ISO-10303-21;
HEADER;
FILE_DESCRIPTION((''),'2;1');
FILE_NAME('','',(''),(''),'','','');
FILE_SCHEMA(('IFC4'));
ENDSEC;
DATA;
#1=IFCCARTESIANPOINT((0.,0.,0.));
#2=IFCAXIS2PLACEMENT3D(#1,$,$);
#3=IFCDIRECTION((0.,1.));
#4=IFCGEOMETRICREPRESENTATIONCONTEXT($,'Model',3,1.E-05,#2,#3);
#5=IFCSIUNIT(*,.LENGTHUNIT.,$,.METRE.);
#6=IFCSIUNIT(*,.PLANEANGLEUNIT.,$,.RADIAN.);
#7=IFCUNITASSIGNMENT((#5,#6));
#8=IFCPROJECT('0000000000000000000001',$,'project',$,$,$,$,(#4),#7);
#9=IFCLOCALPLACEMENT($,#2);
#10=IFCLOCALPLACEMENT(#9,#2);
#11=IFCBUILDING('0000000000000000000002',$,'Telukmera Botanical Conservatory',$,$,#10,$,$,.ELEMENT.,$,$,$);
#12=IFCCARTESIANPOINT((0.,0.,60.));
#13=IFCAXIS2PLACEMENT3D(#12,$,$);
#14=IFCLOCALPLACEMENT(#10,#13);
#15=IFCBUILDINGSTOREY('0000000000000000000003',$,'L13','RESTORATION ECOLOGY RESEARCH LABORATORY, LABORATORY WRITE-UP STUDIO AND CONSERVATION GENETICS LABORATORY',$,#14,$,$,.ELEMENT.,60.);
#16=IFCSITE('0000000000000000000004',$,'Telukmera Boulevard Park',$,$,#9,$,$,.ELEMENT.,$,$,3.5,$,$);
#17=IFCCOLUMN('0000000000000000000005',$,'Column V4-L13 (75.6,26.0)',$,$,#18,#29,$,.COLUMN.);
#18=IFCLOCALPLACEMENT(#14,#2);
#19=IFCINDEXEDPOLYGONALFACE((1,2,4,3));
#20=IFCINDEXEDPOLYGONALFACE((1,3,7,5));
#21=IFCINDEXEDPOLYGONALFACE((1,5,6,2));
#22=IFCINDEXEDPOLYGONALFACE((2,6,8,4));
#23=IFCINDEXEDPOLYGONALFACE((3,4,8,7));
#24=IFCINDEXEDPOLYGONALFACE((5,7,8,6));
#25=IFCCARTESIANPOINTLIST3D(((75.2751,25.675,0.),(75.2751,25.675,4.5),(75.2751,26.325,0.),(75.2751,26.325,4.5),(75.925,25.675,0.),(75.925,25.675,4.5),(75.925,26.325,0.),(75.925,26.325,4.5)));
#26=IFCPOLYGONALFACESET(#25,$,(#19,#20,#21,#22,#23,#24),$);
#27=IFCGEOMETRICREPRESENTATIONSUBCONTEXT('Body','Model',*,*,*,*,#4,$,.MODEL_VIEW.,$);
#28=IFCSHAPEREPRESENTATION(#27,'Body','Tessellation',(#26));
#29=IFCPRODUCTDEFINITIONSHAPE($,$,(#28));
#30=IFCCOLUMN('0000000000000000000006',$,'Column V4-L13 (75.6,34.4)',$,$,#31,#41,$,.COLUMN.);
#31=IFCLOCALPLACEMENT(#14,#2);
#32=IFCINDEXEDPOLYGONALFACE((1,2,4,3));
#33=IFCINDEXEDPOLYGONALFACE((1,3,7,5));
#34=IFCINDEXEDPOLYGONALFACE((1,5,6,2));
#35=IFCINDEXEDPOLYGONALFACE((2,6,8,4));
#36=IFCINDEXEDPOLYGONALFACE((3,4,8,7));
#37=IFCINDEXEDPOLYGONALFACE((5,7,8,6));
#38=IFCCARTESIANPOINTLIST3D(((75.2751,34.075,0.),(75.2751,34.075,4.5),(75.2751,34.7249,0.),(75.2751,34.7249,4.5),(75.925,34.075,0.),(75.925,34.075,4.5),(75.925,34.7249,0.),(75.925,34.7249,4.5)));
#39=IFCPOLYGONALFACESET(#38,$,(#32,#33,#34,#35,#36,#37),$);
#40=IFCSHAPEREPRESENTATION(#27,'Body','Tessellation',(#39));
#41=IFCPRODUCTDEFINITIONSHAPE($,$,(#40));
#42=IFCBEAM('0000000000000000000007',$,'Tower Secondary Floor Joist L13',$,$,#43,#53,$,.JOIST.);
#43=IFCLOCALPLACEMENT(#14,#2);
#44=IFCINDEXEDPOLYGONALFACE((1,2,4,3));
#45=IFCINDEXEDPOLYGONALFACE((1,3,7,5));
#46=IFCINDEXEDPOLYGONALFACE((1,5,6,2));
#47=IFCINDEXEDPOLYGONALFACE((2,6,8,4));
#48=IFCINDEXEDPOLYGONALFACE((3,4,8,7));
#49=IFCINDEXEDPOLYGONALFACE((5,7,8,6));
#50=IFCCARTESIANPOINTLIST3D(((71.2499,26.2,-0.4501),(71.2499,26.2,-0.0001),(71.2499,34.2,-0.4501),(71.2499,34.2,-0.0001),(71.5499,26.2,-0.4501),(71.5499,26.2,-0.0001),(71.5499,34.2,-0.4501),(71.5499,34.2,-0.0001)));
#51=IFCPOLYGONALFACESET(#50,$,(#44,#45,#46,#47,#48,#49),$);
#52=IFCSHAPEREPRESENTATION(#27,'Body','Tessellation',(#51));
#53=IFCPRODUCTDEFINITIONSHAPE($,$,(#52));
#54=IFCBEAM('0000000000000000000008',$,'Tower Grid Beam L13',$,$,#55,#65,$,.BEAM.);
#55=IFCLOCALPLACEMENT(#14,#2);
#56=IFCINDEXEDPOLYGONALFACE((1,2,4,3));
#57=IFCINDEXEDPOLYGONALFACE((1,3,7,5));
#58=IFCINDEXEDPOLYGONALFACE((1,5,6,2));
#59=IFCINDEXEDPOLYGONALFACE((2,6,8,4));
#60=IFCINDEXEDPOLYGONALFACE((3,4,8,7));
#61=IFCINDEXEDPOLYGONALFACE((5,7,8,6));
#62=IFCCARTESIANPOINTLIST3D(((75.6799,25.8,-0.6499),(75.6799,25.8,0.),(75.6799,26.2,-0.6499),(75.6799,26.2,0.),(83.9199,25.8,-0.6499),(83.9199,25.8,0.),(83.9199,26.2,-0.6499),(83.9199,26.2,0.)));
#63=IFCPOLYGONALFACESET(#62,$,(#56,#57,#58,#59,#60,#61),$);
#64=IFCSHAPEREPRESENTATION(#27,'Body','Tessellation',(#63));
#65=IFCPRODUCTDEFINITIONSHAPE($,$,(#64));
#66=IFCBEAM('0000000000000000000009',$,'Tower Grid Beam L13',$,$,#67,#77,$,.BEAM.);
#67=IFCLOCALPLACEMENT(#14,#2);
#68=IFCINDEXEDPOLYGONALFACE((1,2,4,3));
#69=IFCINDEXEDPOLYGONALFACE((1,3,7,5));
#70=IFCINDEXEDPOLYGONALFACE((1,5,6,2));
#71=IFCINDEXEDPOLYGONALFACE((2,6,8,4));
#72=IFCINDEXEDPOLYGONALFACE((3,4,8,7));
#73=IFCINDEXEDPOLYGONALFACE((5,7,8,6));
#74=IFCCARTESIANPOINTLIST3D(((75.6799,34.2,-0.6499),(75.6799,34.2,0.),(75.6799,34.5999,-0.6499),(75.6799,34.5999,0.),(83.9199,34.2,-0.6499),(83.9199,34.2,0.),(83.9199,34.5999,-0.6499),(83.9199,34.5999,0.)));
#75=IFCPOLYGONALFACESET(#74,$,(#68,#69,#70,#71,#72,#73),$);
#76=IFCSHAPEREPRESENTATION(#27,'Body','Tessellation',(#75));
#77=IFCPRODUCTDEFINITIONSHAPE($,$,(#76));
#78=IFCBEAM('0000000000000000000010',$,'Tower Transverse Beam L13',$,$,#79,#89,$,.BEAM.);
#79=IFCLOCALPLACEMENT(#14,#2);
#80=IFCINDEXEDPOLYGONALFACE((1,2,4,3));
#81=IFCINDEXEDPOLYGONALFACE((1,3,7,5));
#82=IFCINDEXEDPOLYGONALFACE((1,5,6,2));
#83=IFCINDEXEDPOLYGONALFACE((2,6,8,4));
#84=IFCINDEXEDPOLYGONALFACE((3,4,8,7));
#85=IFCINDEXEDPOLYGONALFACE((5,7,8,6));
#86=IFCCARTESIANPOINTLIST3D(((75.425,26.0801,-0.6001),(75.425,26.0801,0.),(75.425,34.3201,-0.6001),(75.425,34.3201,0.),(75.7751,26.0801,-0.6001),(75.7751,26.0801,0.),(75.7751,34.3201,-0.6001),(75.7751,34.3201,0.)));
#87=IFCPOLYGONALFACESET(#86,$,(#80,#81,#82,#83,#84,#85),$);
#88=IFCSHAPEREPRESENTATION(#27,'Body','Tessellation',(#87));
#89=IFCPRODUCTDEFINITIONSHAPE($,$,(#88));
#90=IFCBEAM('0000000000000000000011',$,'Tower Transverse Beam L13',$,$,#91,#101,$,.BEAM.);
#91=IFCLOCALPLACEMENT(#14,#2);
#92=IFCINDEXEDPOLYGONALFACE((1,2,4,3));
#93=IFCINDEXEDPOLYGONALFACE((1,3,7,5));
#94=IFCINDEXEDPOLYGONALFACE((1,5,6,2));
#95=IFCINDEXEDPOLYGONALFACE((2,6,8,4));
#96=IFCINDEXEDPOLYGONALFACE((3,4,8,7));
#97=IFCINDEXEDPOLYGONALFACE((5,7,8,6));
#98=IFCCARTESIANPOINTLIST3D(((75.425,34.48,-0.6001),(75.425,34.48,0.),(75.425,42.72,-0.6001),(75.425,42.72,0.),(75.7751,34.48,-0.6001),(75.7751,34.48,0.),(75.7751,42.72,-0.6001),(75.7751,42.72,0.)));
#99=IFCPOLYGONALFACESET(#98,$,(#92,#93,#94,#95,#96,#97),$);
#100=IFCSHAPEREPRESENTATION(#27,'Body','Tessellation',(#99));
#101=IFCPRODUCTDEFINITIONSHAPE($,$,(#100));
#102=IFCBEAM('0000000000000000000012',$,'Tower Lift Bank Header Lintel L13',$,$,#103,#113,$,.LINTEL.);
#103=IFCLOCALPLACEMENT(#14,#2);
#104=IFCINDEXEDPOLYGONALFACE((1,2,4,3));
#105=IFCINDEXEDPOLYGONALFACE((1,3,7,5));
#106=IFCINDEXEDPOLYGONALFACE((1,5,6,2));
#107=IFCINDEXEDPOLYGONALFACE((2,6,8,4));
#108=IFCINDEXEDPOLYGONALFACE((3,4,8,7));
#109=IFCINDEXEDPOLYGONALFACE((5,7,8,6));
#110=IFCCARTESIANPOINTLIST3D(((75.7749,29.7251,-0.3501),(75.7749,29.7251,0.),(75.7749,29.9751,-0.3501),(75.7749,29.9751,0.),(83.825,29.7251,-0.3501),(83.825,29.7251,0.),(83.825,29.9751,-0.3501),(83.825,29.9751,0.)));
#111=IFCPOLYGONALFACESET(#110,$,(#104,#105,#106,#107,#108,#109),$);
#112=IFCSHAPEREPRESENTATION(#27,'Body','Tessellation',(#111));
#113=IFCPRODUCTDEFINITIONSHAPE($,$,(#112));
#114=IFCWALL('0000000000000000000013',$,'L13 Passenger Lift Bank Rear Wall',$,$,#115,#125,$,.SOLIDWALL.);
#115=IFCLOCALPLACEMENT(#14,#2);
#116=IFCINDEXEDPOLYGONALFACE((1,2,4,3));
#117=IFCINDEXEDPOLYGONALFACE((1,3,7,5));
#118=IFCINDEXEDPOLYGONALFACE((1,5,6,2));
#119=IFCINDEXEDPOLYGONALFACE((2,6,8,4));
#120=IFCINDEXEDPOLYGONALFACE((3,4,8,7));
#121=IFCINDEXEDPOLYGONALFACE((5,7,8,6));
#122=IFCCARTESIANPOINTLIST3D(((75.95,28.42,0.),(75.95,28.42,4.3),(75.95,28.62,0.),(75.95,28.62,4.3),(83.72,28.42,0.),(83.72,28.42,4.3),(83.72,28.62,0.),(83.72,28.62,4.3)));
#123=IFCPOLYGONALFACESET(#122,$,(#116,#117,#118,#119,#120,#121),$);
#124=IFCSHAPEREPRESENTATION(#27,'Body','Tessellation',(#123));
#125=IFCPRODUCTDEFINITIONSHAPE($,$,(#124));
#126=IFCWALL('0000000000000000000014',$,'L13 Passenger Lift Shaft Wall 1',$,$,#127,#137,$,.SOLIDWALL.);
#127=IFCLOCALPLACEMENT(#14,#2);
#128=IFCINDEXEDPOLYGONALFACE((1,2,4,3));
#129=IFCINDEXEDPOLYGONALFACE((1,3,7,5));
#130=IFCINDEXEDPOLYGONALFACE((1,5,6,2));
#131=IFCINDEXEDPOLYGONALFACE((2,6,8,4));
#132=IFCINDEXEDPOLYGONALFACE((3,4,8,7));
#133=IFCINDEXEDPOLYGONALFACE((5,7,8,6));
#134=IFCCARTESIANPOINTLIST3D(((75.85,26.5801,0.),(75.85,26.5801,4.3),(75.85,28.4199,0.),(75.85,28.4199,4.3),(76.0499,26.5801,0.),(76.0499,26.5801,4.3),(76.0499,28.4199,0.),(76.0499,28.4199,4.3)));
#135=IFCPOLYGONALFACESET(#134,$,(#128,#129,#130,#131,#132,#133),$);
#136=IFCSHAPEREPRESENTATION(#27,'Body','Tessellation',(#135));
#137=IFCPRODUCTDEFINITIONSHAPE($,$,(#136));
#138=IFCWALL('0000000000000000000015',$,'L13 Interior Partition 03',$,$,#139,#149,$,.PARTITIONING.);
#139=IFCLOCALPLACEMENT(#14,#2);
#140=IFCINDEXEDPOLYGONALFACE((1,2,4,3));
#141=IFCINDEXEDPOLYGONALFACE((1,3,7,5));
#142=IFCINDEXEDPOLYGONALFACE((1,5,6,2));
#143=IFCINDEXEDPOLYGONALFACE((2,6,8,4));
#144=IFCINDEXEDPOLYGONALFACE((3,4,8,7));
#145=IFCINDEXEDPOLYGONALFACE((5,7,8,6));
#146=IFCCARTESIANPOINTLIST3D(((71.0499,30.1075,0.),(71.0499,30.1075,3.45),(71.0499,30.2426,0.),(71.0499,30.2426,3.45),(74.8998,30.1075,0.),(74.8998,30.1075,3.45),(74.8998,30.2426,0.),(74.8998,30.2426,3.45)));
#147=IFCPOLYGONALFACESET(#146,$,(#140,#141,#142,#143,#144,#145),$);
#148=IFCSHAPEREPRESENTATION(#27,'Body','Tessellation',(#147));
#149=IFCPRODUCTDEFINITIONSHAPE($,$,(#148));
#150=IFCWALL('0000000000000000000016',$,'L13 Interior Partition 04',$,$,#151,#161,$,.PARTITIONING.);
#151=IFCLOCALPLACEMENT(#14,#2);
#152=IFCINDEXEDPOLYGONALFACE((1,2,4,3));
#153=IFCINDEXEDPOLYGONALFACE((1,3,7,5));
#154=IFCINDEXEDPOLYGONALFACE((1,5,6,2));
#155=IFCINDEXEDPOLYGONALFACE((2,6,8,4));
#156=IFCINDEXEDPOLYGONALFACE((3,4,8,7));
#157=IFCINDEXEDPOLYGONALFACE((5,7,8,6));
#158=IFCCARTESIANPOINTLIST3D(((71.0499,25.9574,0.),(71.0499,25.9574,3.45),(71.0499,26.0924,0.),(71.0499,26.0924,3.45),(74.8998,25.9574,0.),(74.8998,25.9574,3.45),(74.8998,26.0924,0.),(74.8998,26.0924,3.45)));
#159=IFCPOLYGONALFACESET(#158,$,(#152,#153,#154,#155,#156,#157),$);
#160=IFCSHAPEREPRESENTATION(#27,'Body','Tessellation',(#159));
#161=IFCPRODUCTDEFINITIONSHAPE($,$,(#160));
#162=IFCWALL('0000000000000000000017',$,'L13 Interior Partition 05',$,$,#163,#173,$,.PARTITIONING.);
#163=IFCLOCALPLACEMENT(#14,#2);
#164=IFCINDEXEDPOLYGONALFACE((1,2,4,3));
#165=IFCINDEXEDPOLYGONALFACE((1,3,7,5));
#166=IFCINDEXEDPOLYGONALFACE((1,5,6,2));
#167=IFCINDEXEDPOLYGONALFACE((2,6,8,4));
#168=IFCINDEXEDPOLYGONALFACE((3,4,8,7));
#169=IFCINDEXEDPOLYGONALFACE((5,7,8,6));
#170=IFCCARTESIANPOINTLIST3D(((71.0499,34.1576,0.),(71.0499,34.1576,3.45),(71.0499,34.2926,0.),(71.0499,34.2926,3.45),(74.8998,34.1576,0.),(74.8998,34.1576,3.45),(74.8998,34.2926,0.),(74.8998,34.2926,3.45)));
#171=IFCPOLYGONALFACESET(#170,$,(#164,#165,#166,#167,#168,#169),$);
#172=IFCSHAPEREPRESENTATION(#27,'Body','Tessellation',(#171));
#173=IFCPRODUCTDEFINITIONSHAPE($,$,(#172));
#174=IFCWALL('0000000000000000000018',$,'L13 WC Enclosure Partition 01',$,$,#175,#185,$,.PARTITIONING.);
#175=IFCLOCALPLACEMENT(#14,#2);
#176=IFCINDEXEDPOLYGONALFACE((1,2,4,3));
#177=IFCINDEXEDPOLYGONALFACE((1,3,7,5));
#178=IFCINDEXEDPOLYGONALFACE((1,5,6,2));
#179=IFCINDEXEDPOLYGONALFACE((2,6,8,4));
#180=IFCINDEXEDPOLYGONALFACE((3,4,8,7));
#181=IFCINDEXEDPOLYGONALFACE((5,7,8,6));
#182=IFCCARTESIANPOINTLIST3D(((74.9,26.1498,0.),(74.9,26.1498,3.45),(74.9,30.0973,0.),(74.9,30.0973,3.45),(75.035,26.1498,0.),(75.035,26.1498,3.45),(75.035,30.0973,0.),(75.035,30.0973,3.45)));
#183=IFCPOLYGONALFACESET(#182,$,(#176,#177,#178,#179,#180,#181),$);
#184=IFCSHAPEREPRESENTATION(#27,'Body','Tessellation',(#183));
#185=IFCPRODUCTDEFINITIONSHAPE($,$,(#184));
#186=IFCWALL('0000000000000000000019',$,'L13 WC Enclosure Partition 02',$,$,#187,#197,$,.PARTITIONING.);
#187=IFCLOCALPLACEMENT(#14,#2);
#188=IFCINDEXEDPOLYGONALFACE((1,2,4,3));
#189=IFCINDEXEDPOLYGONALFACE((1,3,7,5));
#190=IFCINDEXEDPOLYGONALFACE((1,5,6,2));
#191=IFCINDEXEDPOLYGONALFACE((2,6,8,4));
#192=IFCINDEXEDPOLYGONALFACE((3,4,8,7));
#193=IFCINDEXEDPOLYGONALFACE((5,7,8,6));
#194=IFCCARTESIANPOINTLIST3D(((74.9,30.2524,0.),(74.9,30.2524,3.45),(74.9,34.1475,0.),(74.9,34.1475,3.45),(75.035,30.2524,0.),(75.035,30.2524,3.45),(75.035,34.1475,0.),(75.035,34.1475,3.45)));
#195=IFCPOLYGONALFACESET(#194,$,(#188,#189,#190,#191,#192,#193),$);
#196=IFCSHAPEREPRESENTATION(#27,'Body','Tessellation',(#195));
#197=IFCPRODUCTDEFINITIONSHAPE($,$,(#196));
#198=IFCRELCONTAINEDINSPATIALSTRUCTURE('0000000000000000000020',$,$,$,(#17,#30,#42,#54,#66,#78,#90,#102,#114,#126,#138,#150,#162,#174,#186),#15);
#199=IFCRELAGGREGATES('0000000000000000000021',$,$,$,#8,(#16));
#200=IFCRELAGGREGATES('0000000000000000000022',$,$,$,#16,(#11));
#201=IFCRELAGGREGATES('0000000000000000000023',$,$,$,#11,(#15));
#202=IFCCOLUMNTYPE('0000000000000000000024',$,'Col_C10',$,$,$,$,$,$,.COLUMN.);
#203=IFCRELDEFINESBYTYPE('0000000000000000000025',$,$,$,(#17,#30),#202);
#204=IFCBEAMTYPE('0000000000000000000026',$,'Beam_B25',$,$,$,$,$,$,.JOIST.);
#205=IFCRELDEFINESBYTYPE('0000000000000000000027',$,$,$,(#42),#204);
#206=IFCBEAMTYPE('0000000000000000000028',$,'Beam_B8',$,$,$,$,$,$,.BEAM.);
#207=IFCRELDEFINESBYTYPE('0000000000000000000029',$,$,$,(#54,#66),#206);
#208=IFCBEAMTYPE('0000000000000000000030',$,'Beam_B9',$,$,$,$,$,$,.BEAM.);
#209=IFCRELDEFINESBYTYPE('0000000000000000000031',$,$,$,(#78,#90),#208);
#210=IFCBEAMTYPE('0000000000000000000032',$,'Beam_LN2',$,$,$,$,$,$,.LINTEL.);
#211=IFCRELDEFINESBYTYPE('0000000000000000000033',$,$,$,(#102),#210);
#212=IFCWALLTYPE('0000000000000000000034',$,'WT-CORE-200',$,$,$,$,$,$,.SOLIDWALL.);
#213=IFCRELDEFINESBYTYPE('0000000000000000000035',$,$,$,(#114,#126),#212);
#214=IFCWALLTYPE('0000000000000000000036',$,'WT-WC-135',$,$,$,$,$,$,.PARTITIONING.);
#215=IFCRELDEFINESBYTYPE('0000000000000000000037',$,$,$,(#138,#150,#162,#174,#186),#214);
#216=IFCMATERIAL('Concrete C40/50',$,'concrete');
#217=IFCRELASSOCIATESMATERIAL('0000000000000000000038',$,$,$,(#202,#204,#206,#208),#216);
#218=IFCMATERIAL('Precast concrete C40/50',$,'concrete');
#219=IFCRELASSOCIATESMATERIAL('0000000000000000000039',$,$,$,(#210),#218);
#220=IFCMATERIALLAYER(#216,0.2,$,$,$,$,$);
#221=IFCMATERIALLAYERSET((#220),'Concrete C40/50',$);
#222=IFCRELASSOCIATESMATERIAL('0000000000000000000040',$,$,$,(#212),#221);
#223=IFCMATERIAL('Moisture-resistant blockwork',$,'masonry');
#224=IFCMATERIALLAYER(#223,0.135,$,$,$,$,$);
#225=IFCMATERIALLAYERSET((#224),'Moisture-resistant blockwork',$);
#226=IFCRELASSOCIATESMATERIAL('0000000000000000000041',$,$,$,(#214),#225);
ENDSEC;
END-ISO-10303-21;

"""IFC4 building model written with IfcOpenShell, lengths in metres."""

from ifc_helpers import new_model, si_unit, direction, frame, frame_2d, origin, origin_2d, place, context, subcontext, project, spatial, rectangle, extrude, material, layer, layer_set, material_profile, profile_set, type_object, element, save


model = new_model("IFC4")

# Units and contexts
model_context = context("Model", 3, precision=1e-05, world=origin(), true_north=direction((0.0, 1.0)))
body_context = subcontext(model_context, "Body", "Model", "MODEL_VIEW")
ifc_project = project(units=[si_unit("LENGTHUNIT", "METRE"), si_unit("PLANEANGLEUNIT", "RADIAN")], contexts=[model_context])

# Site, building, storey
site_placement = place(None, origin())
site = spatial("IfcSite", under=ifc_project, at=site_placement, Name="Telukmera Boulevard Park", CompositionType="ELEMENT", RefElevation=3.5)
building_placement = place(site_placement, origin())
building = spatial("IfcBuilding", under=site, at=building_placement, Name="Telukmera Botanical Conservatory", CompositionType="ELEMENT")
storey_placement = place(building_placement, frame((0.0, 0.0, 60.0)))
storey = spatial("IfcBuildingStorey", under=building, at=storey_placement, Name="L13", Description="RESTORATION ECOLOGY RESEARCH LABORATORY, LABORATORY WRITE-UP STUDIO AND CONSERVATION GENETICS LABORATORY", CompositionType="ELEMENT", Elevation=60.0)

# Columns
ifc_material_1 = material(Name="Concrete C40/50", Category="concrete")
ifc_material_profile_1 = material_profile(ifc_material_1, rectangle(XDim=0.6499, YDim=0.6499, at=origin_2d()), Name="RC 650x650")
ifc_profile_set_1 = profile_set([ifc_material_profile_1], Name="Concrete C40/50")
column_type = type_object("IfcColumnType", Name="Col_C10", PredefinedType="COLUMN", material=ifc_profile_set_1)
for number, where, z_axis, x_axis, name in (
    (1, (75.6001, 26.0, 0.0), (0.0, 0.0, 1.0), (1.0, 0.0, 0.0), "Column V4-L13 (75.6,26.0)"),
    (2, (75.6001, 34.3999, 0.0), (0.0, 0.0, 1.0), (1.0, 0.0, 0.0), "Column V4-L13 (75.6,34.4)"),
):
    element("IfcColumn", number, at=place(storey_placement, frame(where, z_axis=z_axis, x_axis=x_axis)), inside=storey, type_object=column_type, Name=name, PredefinedType="COLUMN", context=body_context, shape_type="SweptSolid", body=[
        extrude(rectangle(XDim=0.6499, YDim=0.6499, at=origin_2d()), origin(), (0.0, 0.0, 1.0), 4.5),
    ])

# Beams
ifc_material_profile_2 = material_profile(ifc_material_1, rectangle(XDim=0.3, YDim=0.45, at=origin_2d()), Name="RC 300x450")
ifc_profile_set_2 = profile_set([ifc_material_profile_2], Name="Concrete C40/50")
beam_type_1 = type_object("IfcBeamType", Name="Beam_B25", PredefinedType="JOIST", material=ifc_profile_set_2)
beam_1_placement = place(storey_placement, frame((71.3999, 26.2, -0.2251), z_axis=(0.0, 1.0, 0.0), x_axis=(-1.0, 0.0, 0.0)))
element("IfcBeam", 3, at=beam_1_placement, inside=storey, type_object=beam_type_1, Name="Tower Secondary Floor Joist L13", PredefinedType="JOIST", context=body_context, shape_type="SweptSolid", body=[
    extrude(rectangle(XDim=0.3, YDim=0.45, at=origin_2d()), origin(), (0.0, 0.0, 1.0), 8.0),
])
ifc_material_profile_3 = material_profile(ifc_material_1, rectangle(XDim=0.3999, YDim=0.6499, at=origin_2d()), Name="RC 400x650")
ifc_profile_set_3 = profile_set([ifc_material_profile_3], Name="Concrete C40/50")
beam_type_2 = type_object("IfcBeamType", Name="Beam_B8", PredefinedType="BEAM", material=ifc_profile_set_3)
for number, where, z_axis, x_axis, name in (
    (4, (75.6799, 26.0, -0.325), (1.0, 0.0, 0.0), (0.0, 1.0, 0.0), "Tower Grid Beam L13"),
    (5, (75.6799, 34.3999, -0.325), (1.0, 0.0, 0.0), (0.0, 1.0, 0.0), "Tower Grid Beam L13"),
):
    element("IfcBeam", number, at=place(storey_placement, frame(where, z_axis=z_axis, x_axis=x_axis)), inside=storey, type_object=beam_type_2, Name=name, PredefinedType="BEAM", context=body_context, shape_type="SweptSolid", body=[
        extrude(rectangle(XDim=0.3999, YDim=0.6499, at=origin_2d()), origin(), (0.0, 0.0, 1.0), 8.24),
    ])
ifc_material_profile_4 = material_profile(ifc_material_1, rectangle(XDim=0.3501, YDim=0.6001, at=origin_2d()), Name="RC 350x600")
ifc_profile_set_4 = profile_set([ifc_material_profile_4], Name="Concrete C40/50")
beam_type_3 = type_object("IfcBeamType", Name="Beam_B9", PredefinedType="BEAM", material=ifc_profile_set_4)
for number, where, z_axis, x_axis, name in (
    (6, (75.6001, 26.0801, -0.3), (0.0, 1.0, 0.0), (-1.0, 0.0, 0.0), "Tower Transverse Beam L13"),
    (7, (75.6001, 34.48, -0.3), (0.0, 1.0, 0.0), (-1.0, 0.0, 0.0), "Tower Transverse Beam L13"),
):
    element("IfcBeam", number, at=place(storey_placement, frame(where, z_axis=z_axis, x_axis=x_axis)), inside=storey, type_object=beam_type_3, Name=name, PredefinedType="BEAM", context=body_context, shape_type="SweptSolid", body=[
        extrude(rectangle(XDim=0.3501, YDim=0.6001, at=origin_2d()), origin(), (0.0, 0.0, 1.0), 8.24),
    ])
ifc_material_2 = material(Name="Precast concrete C40/50", Category="concrete")
ifc_material_profile_5 = material_profile(ifc_material_2, rectangle(XDim=0.25, YDim=0.3501, at=origin_2d()), Name="PC 250x350")
ifc_profile_set_5 = profile_set([ifc_material_profile_5], Name="Precast concrete C40/50")
beam_type_4 = type_object("IfcBeamType", Name="Beam_LN2", PredefinedType="LINTEL", material=ifc_profile_set_5)
beam_2_placement = place(storey_placement, frame((75.7749, 29.8501, -0.175), z_axis=(1.0, 0.0, 0.0), x_axis=(0.0, 1.0, 0.0)))
element("IfcBeam", 8, at=beam_2_placement, inside=storey, type_object=beam_type_4, Name="Tower Lift Bank Header Lintel L13", PredefinedType="LINTEL", context=body_context, shape_type="SweptSolid", body=[
    extrude(rectangle(XDim=0.25, YDim=0.3501, at=origin_2d()), origin(), (0.0, 0.0, 1.0), 8.05),
])

# Shared definitions
ifc_layer_1 = layer(ifc_material_1, 0.2)
ifc_layer_set_1 = layer_set([ifc_layer_1], Name="Concrete C40/50")
wall_type_1 = type_object("IfcWallType", Name="WT-CORE-200", PredefinedType="SOLIDWALL", material=ifc_layer_set_1)

# Walls
wall_1_placement = place(storey_placement, frame((75.95, 28.52, 0.0), z_axis=(0.0, 0.0, 1.0), x_axis=(1.0, 0.0, 0.0)))
element("IfcWall", 9, at=wall_1_placement, inside=storey, type_object=wall_type_1, Name="L13 Passenger Lift Bank Rear Wall", PredefinedType="SOLIDWALL", context=body_context, shape_type="SweptSolid", body=[
    extrude(rectangle(XDim=7.77, YDim=0.2, at=frame_2d((3.885, 0.0))), origin(), (0.0, 0.0, 1.0), 4.3),
])
wall_2_placement = place(storey_placement, frame((75.95, 26.5801, 0.0), z_axis=(0.0, 0.0, 1.0), x_axis=(0.0, 1.0, 0.0)))
element("IfcWall", 10, at=wall_2_placement, inside=storey, type_object=wall_type_1, Name="L13 Passenger Lift Shaft Wall 1", PredefinedType="SOLIDWALL", context=body_context, shape_type="SweptSolid", body=[
    extrude(rectangle(XDim=1.8398, YDim=0.2, at=frame_2d((0.9199, 0.0))), origin(), (0.0, 0.0, 1.0), 4.3),
])
ifc_material_3 = material(Name="Moisture-resistant blockwork", Category="masonry")
ifc_layer_2 = layer(ifc_material_3, 0.135)
ifc_layer_set_2 = layer_set([ifc_layer_2], Name="Moisture-resistant blockwork")
wall_type_2 = type_object("IfcWallType", Name="WT-WC-135", PredefinedType="PARTITIONING", material=ifc_layer_set_2)
for number, where, z_axis, x_axis, name in (
    (11, (71.05, 30.175, 0.0), (0.0, 0.0, 1.0), (1.0, 0.0, 0.0), "L13 Interior Partition 03"),
    (12, (71.05, 26.0249, 0.0), (0.0, 0.0, 1.0), (1.0, 0.0, 0.0), "L13 Interior Partition 04"),
    (13, (71.05, 34.2251, 0.0), (0.0, 0.0, 1.0), (1.0, 0.0, 0.0), "L13 Interior Partition 05"),
):
    element("IfcWall", number, at=place(storey_placement, frame(where, z_axis=z_axis, x_axis=x_axis)), inside=storey, type_object=wall_type_2, Name=name, PredefinedType="PARTITIONING", context=body_context, shape_type="SweptSolid", body=[
        extrude(rectangle(XDim=3.8499, YDim=0.135, at=frame_2d((1.9248, 0.0))), origin(), (0.0, 0.0, 1.0), 3.45),
    ])
wall_3_placement = place(storey_placement, frame((74.9675, 26.1499, 0.0), z_axis=(0.0, 0.0, 1.0), x_axis=(0.0, 1.0, 0.0)))
element("IfcWall", 14, at=wall_3_placement, inside=storey, type_object=wall_type_2, Name="L13 WC Enclosure Partition 01", PredefinedType="PARTITIONING", context=body_context, shape_type="SweptSolid", body=[
    extrude(rectangle(XDim=3.9475, YDim=0.135, at=frame_2d((1.9736, 0.0))), origin(), (0.0, 0.0, 1.0), 3.45),
])
wall_4_placement = place(storey_placement, frame((74.9675, 30.2524, 0.0), z_axis=(0.0, 0.0, 1.0), x_axis=(0.0, 1.0, 0.0)))
element("IfcWall", 15, at=wall_4_placement, inside=storey, type_object=wall_type_2, Name="L13 WC Enclosure Partition 02", PredefinedType="PARTITIONING", context=body_context, shape_type="SweptSolid", body=[
    extrude(rectangle(XDim=3.895, YDim=0.135, at=frame_2d((1.9475, 0.0))), origin(), (0.0, 0.0, 1.0), 3.45),
])

save(model, "model.ifc")
